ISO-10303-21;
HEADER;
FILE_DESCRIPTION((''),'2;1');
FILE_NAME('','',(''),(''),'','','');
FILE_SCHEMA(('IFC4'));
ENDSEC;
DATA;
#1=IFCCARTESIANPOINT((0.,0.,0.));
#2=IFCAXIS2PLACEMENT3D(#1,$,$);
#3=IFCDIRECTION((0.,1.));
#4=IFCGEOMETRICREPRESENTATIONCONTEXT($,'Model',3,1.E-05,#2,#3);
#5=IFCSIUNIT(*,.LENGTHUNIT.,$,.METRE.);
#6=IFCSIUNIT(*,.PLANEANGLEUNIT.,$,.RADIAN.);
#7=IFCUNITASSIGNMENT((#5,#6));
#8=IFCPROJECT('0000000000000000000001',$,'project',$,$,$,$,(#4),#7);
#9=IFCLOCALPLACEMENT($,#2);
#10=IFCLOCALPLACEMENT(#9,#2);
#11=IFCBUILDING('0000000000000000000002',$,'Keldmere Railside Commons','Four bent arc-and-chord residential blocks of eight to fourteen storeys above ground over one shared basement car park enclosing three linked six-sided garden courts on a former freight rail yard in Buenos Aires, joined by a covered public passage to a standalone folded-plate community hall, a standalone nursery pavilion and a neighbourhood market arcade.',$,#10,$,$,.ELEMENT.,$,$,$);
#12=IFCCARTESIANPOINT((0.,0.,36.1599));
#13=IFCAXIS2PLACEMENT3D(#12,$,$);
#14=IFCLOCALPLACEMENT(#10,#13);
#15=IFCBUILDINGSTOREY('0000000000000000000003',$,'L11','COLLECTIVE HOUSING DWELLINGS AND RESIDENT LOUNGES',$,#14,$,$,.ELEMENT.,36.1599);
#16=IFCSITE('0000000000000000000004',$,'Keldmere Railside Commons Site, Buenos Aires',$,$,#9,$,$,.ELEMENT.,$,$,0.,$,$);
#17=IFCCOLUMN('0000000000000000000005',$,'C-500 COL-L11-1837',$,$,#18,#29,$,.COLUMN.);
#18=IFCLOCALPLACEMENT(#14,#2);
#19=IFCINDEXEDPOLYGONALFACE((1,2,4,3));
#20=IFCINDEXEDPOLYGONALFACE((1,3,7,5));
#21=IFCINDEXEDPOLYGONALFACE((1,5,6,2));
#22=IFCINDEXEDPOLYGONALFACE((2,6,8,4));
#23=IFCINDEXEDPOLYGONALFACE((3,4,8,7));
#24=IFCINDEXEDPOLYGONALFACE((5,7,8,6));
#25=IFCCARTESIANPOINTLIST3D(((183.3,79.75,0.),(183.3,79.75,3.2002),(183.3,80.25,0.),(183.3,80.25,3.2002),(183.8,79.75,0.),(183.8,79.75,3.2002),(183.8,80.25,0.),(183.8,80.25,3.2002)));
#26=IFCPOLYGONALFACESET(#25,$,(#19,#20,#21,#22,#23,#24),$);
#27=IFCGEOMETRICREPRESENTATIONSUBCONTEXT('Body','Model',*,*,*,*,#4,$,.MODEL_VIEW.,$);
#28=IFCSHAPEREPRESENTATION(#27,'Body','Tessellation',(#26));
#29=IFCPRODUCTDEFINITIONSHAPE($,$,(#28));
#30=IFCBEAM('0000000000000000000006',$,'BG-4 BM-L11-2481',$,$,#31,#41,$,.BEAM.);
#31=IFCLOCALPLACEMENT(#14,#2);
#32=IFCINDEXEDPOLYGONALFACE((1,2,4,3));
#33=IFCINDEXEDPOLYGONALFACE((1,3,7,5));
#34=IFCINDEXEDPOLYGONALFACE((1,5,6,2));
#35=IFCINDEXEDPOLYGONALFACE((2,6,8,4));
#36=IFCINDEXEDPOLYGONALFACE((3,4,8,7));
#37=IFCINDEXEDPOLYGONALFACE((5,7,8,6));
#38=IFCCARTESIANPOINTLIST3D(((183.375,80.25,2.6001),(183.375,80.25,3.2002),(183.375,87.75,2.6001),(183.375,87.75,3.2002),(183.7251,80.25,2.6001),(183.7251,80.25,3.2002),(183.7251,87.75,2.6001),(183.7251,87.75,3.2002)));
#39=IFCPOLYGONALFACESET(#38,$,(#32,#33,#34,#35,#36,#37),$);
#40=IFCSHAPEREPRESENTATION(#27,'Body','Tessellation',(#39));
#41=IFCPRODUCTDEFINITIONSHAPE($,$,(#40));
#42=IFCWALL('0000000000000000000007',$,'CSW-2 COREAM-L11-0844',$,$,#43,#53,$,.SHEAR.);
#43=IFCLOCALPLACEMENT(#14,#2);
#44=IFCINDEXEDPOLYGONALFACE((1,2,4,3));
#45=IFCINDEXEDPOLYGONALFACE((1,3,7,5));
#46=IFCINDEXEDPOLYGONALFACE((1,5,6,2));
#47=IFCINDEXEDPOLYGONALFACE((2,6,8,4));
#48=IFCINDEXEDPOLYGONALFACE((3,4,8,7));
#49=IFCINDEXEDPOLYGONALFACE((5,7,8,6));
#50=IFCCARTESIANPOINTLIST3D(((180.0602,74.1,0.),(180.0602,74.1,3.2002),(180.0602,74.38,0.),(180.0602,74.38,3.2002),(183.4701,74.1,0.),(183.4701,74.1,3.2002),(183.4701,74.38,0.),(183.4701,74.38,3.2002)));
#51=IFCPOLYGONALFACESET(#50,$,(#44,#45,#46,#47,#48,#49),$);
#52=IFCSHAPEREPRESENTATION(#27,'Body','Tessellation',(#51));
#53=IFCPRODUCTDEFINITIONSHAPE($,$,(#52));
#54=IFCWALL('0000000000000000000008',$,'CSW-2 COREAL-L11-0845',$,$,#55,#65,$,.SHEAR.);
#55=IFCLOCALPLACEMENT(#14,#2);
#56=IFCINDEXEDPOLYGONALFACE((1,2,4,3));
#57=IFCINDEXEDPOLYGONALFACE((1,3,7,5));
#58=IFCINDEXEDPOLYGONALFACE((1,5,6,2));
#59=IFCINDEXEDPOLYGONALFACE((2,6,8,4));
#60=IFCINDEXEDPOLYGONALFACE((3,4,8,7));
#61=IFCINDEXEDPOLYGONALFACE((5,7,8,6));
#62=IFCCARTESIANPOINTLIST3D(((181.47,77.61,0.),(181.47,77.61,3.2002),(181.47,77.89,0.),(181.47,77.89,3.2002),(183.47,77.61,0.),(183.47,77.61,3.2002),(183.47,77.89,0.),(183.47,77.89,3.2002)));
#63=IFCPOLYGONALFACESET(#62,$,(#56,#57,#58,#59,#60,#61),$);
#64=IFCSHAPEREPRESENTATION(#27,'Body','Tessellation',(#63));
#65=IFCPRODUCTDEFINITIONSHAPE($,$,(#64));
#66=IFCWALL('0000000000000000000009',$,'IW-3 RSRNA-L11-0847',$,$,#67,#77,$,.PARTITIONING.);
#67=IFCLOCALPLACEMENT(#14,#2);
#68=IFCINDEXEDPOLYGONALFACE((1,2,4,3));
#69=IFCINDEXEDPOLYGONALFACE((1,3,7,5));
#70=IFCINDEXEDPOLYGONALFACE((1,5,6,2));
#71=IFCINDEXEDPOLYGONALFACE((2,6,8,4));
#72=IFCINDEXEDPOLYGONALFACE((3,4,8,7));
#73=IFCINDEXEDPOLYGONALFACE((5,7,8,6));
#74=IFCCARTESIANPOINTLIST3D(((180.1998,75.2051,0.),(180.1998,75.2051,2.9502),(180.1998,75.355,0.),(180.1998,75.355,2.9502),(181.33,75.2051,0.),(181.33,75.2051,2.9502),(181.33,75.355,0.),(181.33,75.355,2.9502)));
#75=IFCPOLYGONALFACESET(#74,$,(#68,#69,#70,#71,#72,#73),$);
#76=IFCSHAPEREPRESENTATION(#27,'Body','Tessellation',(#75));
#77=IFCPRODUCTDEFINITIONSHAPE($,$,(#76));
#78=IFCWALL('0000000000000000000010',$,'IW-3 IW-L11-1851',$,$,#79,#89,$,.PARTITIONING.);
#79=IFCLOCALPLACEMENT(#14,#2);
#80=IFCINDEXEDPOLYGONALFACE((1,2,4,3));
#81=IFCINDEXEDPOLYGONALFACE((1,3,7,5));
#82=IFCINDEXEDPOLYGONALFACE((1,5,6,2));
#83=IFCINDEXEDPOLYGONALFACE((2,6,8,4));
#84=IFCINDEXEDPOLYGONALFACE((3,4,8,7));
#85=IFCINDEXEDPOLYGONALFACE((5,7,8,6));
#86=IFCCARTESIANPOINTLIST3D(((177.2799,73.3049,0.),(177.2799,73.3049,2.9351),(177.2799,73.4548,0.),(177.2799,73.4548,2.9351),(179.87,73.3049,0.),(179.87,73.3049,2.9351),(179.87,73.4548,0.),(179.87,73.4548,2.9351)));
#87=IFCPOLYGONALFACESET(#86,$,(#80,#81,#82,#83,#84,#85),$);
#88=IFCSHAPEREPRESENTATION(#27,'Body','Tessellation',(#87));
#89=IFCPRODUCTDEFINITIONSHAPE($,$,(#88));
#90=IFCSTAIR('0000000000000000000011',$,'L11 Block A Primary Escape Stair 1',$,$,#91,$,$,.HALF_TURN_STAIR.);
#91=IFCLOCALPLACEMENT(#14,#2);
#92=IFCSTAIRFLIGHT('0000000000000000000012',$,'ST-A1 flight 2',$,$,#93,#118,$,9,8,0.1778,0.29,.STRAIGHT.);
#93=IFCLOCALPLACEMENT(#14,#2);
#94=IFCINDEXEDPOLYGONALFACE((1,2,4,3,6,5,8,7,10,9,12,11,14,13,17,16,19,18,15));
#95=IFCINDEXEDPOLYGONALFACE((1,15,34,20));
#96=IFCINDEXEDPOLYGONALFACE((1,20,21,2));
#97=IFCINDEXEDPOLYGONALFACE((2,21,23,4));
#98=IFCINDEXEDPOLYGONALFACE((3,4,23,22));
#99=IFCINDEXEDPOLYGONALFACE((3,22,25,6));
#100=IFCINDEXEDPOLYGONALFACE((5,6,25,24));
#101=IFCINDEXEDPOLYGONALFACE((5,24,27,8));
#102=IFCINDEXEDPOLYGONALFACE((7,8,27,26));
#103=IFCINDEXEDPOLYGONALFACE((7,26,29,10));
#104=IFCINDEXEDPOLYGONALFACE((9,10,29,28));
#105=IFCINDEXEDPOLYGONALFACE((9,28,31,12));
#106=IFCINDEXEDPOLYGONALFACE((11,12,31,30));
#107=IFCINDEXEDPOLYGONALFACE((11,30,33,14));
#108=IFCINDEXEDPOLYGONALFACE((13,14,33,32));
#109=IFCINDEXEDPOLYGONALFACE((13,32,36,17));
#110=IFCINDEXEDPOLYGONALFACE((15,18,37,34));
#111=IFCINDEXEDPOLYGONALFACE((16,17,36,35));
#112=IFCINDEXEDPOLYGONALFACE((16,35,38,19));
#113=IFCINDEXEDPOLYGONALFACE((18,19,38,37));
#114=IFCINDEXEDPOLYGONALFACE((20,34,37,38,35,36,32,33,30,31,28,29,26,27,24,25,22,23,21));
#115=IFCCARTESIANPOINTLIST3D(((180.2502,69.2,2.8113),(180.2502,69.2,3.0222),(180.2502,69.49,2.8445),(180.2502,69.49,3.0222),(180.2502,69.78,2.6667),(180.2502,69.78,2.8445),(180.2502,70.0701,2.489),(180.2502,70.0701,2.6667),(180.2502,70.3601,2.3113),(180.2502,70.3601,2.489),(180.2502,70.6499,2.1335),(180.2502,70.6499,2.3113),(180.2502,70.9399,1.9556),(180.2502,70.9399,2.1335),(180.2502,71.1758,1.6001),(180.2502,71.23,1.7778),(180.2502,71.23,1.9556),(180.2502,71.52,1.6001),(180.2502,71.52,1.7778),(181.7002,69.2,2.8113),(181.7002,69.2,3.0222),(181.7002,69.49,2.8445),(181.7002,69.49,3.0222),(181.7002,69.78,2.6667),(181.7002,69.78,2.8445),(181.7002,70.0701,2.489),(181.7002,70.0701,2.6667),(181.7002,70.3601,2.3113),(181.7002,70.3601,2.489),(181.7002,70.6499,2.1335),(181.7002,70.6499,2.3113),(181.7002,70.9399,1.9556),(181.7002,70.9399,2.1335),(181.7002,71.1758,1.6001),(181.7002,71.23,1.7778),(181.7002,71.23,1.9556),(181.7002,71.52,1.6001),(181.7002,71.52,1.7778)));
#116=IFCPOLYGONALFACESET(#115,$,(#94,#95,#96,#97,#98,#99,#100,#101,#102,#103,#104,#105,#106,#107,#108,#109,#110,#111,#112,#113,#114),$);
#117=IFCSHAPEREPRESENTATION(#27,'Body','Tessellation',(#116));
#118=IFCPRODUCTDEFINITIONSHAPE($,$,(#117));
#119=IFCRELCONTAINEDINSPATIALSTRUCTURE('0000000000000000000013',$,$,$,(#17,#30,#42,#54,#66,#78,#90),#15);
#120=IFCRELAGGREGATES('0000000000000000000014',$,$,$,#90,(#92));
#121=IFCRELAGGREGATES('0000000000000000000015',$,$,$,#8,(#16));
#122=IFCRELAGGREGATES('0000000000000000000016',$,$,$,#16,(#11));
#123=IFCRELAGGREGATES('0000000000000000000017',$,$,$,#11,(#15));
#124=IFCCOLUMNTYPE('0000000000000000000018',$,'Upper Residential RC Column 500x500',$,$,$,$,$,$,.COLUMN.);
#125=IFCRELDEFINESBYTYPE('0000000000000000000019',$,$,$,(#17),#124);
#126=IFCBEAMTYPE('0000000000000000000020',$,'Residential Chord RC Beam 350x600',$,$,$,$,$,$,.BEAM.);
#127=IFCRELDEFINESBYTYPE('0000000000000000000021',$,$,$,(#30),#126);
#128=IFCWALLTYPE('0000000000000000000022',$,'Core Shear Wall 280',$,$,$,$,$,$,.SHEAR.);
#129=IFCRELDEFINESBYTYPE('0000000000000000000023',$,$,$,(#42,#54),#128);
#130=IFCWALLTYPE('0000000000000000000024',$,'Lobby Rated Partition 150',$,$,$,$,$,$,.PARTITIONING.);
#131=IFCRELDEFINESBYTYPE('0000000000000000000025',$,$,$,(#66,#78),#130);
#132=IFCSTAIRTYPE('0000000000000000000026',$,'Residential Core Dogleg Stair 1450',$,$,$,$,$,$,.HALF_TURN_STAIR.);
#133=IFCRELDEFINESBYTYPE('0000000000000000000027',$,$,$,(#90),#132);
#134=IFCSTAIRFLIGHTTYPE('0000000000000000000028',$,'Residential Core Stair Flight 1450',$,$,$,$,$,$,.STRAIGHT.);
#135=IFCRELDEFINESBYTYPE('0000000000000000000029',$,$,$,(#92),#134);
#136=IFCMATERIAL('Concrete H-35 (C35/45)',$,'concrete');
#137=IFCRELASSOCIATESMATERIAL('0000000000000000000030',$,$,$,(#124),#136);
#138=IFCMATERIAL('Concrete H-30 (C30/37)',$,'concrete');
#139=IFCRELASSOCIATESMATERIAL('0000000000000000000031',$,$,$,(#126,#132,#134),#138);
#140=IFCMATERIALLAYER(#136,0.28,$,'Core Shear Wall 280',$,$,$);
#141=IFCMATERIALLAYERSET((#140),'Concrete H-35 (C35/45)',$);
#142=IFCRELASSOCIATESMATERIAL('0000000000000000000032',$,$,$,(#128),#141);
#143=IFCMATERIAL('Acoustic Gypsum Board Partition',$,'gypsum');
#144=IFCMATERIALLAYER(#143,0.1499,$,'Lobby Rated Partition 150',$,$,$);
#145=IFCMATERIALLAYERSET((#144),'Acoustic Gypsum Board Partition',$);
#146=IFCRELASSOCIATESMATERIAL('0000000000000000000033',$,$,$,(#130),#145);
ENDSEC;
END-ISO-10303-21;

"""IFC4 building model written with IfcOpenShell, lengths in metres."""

from ifc_helpers import new_model, si_unit, direction, frame, frame_2d, origin, origin_2d, place, context, subcontext, project, spatial, polyline, rectangle, outline, extrude, material, layer, layer_set, material_profile, profile_set, type_object, element, aggregate, save


model = new_model("IFC4")

# Units and contexts
model_context = context("Model", 3, precision=1e-05, world=origin(), true_north=direction((0.0, 1.0)))
body_context = subcontext(model_context, "Body", "Model", "MODEL_VIEW")
ifc_project = project(units=[si_unit("LENGTHUNIT", "METRE"), si_unit("PLANEANGLEUNIT", "RADIAN")], contexts=[model_context])

# Site, building, storey
site_placement = place(None, origin())
site = spatial("IfcSite", under=ifc_project, at=site_placement, Name="Keldmere Railside Commons Site, Buenos Aires", CompositionType="ELEMENT", RefElevation=0.0)
building_placement = place(site_placement, origin())
building = spatial("IfcBuilding", under=site, at=building_placement, Name="Keldmere Railside Commons", Description="Four bent arc-and-chord residential blocks of eight to fourteen storeys above ground over one shared basement car park enclosing three linked six-sided garden courts on a former freight rail yard in Buenos Aires, joined by a covered public passage to a standalone folded-plate community hall, a standalone nursery pavilion and a neighbourhood market arcade.", CompositionType="ELEMENT")
storey_placement = place(building_placement, frame((0.0, 0.0, 36.1599)))
storey = spatial("IfcBuildingStorey", under=building, at=storey_placement, Name="L11", Description="COLLECTIVE HOUSING DWELLINGS AND RESIDENT LOUNGES", CompositionType="ELEMENT", Elevation=36.1599)

# Column
ifc_material_1 = material(Name="Concrete H-35 (C35/45)", Category="concrete")
ifc_material_profile_1 = material_profile(ifc_material_1, rectangle(XDim=0.5, YDim=0.5, at=origin_2d()), Name="RC-500x500")
ifc_profile_set_1 = profile_set([ifc_material_profile_1], Name="Concrete H-35 (C35/45)")
column_type = type_object("IfcColumnType", Name="Upper Residential RC Column 500x500", PredefinedType="COLUMN", material=ifc_profile_set_1)
column_placement = place(storey_placement, frame((183.55, 80.0, 0.0), z_axis=(0.0, 0.0, 1.0), x_axis=(1.0, 0.0, 0.0)))
element("IfcColumn", 1, at=column_placement, inside=storey, type_object=column_type, Name="C-500 COL-L11-1837", PredefinedType="COLUMN", context=body_context, shape_type="SweptSolid", body=[
    extrude(rectangle(XDim=0.5, YDim=0.5, at=origin_2d()), origin(), (0.0, 0.0, 1.0), 3.2002),
])

# Beam
ifc_material_2 = material(Name="Concrete H-30 (C30/37)", Category="concrete")
ifc_material_profile_2 = material_profile(ifc_material_2, rectangle(XDim=0.3501, YDim=0.6001, at=origin_2d()), Name="RC-350x600")
ifc_profile_set_2 = profile_set([ifc_material_profile_2], Name="Concrete H-30 (C30/37)")
beam_type = type_object("IfcBeamType", Name="Residential Chord RC Beam 350x600", PredefinedType="BEAM", material=ifc_profile_set_2)
beam_placement = place(storey_placement, frame((183.55, 80.25, 2.9001), z_axis=(0.0, 1.0, 0.0), x_axis=(-1.0, 0.0, 0.0)))
element("IfcBeam", 2, at=beam_placement, inside=storey, type_object=beam_type, Name="BG-4 BM-L11-2481", PredefinedType="BEAM", context=body_context, shape_type="SweptSolid", body=[
    extrude(rectangle(XDim=0.3501, YDim=0.6001, at=origin_2d()), origin(), (0.0, 0.0, 1.0), 7.5),
])

# Walls
ifc_layer_1 = layer(ifc_material_1, 0.28, Name="Core Shear Wall 280")
ifc_layer_set_1 = layer_set([ifc_layer_1], Name="Concrete H-35 (C35/45)")
wall_type_1 = type_object("IfcWallType", Name="Core Shear Wall 280", PredefinedType="SHEAR", material=ifc_layer_set_1)
wall_1_placement = place(storey_placement, frame((180.0601, 74.24, 0.0), z_axis=(0.0, 0.0, 1.0), x_axis=(1.0, 0.0, 0.0)))
element("IfcWall", 3, at=wall_1_placement, inside=storey, type_object=wall_type_1, Name="CSW-2 COREAM-L11-0844", PredefinedType="SHEAR", context=body_context, shape_type="SweptSolid", body=[
    extrude(rectangle(XDim=3.4099, YDim=0.28, at=frame_2d((1.7051, 0.0))), origin(), (0.0, 0.0, 1.0), 3.2002),
])
wall_2_placement = place(storey_placement, frame((181.47, 77.75, 0.0), z_axis=(0.0, 0.0, 1.0), x_axis=(1.0, 0.0, 0.0)))
element("IfcWall", 4, at=wall_2_placement, inside=storey, type_object=wall_type_1, Name="CSW-2 COREAL-L11-0845", PredefinedType="SHEAR", context=body_context, shape_type="SweptSolid", body=[
    extrude(rectangle(XDim=2.0, YDim=0.28, at=frame_2d((1.0, 0.0))), origin(), (0.0, 0.0, 1.0), 3.2002),
])

# Walls
ifc_material_3 = material(Name="Acoustic Gypsum Board Partition", Category="gypsum")
ifc_layer_2 = layer(ifc_material_3, 0.1499, Name="Lobby Rated Partition 150")
ifc_layer_set_2 = layer_set([ifc_layer_2], Name="Acoustic Gypsum Board Partition")
wall_type_2 = type_object("IfcWallType", Name="Lobby Rated Partition 150", PredefinedType="PARTITIONING", material=ifc_layer_set_2)
wall_3_placement = place(storey_placement, frame((180.2, 75.28, 0.0), z_axis=(0.0, 0.0, 1.0), x_axis=(1.0, 0.0, 0.0)))
element("IfcWall", 5, at=wall_3_placement, inside=storey, type_object=wall_type_2, Name="IW-3 RSRNA-L11-0847", PredefinedType="PARTITIONING", context=body_context, shape_type="SweptSolid", body=[
    extrude(rectangle(XDim=1.1301, YDim=0.1499, at=frame_2d((0.5649, 0.0))), origin(), (0.0, 0.0, 1.0), 2.9502),
])
wall_4_placement = place(storey_placement, frame((177.28, 73.3799, 0.0), z_axis=(0.0, 0.0, 1.0), x_axis=(1.0, 0.0, 0.0)))
element("IfcWall", 6, at=wall_4_placement, inside=storey, type_object=wall_type_2, Name="IW-3 IW-L11-1851", PredefinedType="PARTITIONING", context=body_context, shape_type="SweptSolid", body=[
    extrude(rectangle(XDim=2.5901, YDim=0.1499, at=frame_2d((1.2949, 0.0))), origin(), (0.0, 0.0, 1.0), 2.9351),
])

# Stair, stair flight
stair_type = type_object("IfcStairType", Name="Residential Core Dogleg Stair 1450", PredefinedType="HALF_TURN_STAIR", material=ifc_material_2)
stair_placement = place(storey_placement, origin())
stair = element("IfcStair", 7, at=stair_placement, inside=storey, type_object=stair_type, Name="L11 Block A Primary Escape Stair 1", PredefinedType="HALF_TURN_STAIR")
stair_flight_type = type_object("IfcStairFlightType", Name="Residential Core Stair Flight 1450", PredefinedType="STRAIGHT", material=ifc_material_2)
stair_flight_placement = place(storey_placement, frame((180.9751, 71.52, 1.6001), z_axis=(0.0, 0.0, 1.0), x_axis=(0.0, -1.0, 0.0)))
stair_flight = element("IfcStairFlight", 8, at=stair_flight_placement, type_object=stair_flight_type, Name="ST-A1 flight 2", NumberOfRisers=9, NumberOfTreads=8, PredefinedType="STRAIGHT", RiserHeight=0.1778, TreadLength=0.29, context=body_context, shape_type="SweptSolid", body=[
    extrude(outline(polyline([(0.0, 0.0), (0.0, 0.1777), (0.29, 0.1777), (0.29, 0.3555), (0.5801, 0.3555), (0.5801, 0.5334), (0.8701, 0.5334), (0.8701, 0.7112), (1.1599, 0.7112), (1.1599, 0.8889), (1.45, 0.8889), (1.45, 1.0667), (1.74, 1.0667), (1.74, 1.2444), (2.03, 1.2444), (2.03, 1.4221), (2.3201, 1.4221), (2.3201, 1.6001), (2.3201, 1.2112), (0.3442, 0.0), (0.0, 0.0)])), frame((0.0, 0.7251, 0.0), z_axis=(0.0, -1.0, 0.0), x_axis=(1.0, 0.0, 0.0)), (0.0, 0.0, 1.0), 1.45),
])
aggregate(stair, [stair_flight])

save(model, "model.ifc")
